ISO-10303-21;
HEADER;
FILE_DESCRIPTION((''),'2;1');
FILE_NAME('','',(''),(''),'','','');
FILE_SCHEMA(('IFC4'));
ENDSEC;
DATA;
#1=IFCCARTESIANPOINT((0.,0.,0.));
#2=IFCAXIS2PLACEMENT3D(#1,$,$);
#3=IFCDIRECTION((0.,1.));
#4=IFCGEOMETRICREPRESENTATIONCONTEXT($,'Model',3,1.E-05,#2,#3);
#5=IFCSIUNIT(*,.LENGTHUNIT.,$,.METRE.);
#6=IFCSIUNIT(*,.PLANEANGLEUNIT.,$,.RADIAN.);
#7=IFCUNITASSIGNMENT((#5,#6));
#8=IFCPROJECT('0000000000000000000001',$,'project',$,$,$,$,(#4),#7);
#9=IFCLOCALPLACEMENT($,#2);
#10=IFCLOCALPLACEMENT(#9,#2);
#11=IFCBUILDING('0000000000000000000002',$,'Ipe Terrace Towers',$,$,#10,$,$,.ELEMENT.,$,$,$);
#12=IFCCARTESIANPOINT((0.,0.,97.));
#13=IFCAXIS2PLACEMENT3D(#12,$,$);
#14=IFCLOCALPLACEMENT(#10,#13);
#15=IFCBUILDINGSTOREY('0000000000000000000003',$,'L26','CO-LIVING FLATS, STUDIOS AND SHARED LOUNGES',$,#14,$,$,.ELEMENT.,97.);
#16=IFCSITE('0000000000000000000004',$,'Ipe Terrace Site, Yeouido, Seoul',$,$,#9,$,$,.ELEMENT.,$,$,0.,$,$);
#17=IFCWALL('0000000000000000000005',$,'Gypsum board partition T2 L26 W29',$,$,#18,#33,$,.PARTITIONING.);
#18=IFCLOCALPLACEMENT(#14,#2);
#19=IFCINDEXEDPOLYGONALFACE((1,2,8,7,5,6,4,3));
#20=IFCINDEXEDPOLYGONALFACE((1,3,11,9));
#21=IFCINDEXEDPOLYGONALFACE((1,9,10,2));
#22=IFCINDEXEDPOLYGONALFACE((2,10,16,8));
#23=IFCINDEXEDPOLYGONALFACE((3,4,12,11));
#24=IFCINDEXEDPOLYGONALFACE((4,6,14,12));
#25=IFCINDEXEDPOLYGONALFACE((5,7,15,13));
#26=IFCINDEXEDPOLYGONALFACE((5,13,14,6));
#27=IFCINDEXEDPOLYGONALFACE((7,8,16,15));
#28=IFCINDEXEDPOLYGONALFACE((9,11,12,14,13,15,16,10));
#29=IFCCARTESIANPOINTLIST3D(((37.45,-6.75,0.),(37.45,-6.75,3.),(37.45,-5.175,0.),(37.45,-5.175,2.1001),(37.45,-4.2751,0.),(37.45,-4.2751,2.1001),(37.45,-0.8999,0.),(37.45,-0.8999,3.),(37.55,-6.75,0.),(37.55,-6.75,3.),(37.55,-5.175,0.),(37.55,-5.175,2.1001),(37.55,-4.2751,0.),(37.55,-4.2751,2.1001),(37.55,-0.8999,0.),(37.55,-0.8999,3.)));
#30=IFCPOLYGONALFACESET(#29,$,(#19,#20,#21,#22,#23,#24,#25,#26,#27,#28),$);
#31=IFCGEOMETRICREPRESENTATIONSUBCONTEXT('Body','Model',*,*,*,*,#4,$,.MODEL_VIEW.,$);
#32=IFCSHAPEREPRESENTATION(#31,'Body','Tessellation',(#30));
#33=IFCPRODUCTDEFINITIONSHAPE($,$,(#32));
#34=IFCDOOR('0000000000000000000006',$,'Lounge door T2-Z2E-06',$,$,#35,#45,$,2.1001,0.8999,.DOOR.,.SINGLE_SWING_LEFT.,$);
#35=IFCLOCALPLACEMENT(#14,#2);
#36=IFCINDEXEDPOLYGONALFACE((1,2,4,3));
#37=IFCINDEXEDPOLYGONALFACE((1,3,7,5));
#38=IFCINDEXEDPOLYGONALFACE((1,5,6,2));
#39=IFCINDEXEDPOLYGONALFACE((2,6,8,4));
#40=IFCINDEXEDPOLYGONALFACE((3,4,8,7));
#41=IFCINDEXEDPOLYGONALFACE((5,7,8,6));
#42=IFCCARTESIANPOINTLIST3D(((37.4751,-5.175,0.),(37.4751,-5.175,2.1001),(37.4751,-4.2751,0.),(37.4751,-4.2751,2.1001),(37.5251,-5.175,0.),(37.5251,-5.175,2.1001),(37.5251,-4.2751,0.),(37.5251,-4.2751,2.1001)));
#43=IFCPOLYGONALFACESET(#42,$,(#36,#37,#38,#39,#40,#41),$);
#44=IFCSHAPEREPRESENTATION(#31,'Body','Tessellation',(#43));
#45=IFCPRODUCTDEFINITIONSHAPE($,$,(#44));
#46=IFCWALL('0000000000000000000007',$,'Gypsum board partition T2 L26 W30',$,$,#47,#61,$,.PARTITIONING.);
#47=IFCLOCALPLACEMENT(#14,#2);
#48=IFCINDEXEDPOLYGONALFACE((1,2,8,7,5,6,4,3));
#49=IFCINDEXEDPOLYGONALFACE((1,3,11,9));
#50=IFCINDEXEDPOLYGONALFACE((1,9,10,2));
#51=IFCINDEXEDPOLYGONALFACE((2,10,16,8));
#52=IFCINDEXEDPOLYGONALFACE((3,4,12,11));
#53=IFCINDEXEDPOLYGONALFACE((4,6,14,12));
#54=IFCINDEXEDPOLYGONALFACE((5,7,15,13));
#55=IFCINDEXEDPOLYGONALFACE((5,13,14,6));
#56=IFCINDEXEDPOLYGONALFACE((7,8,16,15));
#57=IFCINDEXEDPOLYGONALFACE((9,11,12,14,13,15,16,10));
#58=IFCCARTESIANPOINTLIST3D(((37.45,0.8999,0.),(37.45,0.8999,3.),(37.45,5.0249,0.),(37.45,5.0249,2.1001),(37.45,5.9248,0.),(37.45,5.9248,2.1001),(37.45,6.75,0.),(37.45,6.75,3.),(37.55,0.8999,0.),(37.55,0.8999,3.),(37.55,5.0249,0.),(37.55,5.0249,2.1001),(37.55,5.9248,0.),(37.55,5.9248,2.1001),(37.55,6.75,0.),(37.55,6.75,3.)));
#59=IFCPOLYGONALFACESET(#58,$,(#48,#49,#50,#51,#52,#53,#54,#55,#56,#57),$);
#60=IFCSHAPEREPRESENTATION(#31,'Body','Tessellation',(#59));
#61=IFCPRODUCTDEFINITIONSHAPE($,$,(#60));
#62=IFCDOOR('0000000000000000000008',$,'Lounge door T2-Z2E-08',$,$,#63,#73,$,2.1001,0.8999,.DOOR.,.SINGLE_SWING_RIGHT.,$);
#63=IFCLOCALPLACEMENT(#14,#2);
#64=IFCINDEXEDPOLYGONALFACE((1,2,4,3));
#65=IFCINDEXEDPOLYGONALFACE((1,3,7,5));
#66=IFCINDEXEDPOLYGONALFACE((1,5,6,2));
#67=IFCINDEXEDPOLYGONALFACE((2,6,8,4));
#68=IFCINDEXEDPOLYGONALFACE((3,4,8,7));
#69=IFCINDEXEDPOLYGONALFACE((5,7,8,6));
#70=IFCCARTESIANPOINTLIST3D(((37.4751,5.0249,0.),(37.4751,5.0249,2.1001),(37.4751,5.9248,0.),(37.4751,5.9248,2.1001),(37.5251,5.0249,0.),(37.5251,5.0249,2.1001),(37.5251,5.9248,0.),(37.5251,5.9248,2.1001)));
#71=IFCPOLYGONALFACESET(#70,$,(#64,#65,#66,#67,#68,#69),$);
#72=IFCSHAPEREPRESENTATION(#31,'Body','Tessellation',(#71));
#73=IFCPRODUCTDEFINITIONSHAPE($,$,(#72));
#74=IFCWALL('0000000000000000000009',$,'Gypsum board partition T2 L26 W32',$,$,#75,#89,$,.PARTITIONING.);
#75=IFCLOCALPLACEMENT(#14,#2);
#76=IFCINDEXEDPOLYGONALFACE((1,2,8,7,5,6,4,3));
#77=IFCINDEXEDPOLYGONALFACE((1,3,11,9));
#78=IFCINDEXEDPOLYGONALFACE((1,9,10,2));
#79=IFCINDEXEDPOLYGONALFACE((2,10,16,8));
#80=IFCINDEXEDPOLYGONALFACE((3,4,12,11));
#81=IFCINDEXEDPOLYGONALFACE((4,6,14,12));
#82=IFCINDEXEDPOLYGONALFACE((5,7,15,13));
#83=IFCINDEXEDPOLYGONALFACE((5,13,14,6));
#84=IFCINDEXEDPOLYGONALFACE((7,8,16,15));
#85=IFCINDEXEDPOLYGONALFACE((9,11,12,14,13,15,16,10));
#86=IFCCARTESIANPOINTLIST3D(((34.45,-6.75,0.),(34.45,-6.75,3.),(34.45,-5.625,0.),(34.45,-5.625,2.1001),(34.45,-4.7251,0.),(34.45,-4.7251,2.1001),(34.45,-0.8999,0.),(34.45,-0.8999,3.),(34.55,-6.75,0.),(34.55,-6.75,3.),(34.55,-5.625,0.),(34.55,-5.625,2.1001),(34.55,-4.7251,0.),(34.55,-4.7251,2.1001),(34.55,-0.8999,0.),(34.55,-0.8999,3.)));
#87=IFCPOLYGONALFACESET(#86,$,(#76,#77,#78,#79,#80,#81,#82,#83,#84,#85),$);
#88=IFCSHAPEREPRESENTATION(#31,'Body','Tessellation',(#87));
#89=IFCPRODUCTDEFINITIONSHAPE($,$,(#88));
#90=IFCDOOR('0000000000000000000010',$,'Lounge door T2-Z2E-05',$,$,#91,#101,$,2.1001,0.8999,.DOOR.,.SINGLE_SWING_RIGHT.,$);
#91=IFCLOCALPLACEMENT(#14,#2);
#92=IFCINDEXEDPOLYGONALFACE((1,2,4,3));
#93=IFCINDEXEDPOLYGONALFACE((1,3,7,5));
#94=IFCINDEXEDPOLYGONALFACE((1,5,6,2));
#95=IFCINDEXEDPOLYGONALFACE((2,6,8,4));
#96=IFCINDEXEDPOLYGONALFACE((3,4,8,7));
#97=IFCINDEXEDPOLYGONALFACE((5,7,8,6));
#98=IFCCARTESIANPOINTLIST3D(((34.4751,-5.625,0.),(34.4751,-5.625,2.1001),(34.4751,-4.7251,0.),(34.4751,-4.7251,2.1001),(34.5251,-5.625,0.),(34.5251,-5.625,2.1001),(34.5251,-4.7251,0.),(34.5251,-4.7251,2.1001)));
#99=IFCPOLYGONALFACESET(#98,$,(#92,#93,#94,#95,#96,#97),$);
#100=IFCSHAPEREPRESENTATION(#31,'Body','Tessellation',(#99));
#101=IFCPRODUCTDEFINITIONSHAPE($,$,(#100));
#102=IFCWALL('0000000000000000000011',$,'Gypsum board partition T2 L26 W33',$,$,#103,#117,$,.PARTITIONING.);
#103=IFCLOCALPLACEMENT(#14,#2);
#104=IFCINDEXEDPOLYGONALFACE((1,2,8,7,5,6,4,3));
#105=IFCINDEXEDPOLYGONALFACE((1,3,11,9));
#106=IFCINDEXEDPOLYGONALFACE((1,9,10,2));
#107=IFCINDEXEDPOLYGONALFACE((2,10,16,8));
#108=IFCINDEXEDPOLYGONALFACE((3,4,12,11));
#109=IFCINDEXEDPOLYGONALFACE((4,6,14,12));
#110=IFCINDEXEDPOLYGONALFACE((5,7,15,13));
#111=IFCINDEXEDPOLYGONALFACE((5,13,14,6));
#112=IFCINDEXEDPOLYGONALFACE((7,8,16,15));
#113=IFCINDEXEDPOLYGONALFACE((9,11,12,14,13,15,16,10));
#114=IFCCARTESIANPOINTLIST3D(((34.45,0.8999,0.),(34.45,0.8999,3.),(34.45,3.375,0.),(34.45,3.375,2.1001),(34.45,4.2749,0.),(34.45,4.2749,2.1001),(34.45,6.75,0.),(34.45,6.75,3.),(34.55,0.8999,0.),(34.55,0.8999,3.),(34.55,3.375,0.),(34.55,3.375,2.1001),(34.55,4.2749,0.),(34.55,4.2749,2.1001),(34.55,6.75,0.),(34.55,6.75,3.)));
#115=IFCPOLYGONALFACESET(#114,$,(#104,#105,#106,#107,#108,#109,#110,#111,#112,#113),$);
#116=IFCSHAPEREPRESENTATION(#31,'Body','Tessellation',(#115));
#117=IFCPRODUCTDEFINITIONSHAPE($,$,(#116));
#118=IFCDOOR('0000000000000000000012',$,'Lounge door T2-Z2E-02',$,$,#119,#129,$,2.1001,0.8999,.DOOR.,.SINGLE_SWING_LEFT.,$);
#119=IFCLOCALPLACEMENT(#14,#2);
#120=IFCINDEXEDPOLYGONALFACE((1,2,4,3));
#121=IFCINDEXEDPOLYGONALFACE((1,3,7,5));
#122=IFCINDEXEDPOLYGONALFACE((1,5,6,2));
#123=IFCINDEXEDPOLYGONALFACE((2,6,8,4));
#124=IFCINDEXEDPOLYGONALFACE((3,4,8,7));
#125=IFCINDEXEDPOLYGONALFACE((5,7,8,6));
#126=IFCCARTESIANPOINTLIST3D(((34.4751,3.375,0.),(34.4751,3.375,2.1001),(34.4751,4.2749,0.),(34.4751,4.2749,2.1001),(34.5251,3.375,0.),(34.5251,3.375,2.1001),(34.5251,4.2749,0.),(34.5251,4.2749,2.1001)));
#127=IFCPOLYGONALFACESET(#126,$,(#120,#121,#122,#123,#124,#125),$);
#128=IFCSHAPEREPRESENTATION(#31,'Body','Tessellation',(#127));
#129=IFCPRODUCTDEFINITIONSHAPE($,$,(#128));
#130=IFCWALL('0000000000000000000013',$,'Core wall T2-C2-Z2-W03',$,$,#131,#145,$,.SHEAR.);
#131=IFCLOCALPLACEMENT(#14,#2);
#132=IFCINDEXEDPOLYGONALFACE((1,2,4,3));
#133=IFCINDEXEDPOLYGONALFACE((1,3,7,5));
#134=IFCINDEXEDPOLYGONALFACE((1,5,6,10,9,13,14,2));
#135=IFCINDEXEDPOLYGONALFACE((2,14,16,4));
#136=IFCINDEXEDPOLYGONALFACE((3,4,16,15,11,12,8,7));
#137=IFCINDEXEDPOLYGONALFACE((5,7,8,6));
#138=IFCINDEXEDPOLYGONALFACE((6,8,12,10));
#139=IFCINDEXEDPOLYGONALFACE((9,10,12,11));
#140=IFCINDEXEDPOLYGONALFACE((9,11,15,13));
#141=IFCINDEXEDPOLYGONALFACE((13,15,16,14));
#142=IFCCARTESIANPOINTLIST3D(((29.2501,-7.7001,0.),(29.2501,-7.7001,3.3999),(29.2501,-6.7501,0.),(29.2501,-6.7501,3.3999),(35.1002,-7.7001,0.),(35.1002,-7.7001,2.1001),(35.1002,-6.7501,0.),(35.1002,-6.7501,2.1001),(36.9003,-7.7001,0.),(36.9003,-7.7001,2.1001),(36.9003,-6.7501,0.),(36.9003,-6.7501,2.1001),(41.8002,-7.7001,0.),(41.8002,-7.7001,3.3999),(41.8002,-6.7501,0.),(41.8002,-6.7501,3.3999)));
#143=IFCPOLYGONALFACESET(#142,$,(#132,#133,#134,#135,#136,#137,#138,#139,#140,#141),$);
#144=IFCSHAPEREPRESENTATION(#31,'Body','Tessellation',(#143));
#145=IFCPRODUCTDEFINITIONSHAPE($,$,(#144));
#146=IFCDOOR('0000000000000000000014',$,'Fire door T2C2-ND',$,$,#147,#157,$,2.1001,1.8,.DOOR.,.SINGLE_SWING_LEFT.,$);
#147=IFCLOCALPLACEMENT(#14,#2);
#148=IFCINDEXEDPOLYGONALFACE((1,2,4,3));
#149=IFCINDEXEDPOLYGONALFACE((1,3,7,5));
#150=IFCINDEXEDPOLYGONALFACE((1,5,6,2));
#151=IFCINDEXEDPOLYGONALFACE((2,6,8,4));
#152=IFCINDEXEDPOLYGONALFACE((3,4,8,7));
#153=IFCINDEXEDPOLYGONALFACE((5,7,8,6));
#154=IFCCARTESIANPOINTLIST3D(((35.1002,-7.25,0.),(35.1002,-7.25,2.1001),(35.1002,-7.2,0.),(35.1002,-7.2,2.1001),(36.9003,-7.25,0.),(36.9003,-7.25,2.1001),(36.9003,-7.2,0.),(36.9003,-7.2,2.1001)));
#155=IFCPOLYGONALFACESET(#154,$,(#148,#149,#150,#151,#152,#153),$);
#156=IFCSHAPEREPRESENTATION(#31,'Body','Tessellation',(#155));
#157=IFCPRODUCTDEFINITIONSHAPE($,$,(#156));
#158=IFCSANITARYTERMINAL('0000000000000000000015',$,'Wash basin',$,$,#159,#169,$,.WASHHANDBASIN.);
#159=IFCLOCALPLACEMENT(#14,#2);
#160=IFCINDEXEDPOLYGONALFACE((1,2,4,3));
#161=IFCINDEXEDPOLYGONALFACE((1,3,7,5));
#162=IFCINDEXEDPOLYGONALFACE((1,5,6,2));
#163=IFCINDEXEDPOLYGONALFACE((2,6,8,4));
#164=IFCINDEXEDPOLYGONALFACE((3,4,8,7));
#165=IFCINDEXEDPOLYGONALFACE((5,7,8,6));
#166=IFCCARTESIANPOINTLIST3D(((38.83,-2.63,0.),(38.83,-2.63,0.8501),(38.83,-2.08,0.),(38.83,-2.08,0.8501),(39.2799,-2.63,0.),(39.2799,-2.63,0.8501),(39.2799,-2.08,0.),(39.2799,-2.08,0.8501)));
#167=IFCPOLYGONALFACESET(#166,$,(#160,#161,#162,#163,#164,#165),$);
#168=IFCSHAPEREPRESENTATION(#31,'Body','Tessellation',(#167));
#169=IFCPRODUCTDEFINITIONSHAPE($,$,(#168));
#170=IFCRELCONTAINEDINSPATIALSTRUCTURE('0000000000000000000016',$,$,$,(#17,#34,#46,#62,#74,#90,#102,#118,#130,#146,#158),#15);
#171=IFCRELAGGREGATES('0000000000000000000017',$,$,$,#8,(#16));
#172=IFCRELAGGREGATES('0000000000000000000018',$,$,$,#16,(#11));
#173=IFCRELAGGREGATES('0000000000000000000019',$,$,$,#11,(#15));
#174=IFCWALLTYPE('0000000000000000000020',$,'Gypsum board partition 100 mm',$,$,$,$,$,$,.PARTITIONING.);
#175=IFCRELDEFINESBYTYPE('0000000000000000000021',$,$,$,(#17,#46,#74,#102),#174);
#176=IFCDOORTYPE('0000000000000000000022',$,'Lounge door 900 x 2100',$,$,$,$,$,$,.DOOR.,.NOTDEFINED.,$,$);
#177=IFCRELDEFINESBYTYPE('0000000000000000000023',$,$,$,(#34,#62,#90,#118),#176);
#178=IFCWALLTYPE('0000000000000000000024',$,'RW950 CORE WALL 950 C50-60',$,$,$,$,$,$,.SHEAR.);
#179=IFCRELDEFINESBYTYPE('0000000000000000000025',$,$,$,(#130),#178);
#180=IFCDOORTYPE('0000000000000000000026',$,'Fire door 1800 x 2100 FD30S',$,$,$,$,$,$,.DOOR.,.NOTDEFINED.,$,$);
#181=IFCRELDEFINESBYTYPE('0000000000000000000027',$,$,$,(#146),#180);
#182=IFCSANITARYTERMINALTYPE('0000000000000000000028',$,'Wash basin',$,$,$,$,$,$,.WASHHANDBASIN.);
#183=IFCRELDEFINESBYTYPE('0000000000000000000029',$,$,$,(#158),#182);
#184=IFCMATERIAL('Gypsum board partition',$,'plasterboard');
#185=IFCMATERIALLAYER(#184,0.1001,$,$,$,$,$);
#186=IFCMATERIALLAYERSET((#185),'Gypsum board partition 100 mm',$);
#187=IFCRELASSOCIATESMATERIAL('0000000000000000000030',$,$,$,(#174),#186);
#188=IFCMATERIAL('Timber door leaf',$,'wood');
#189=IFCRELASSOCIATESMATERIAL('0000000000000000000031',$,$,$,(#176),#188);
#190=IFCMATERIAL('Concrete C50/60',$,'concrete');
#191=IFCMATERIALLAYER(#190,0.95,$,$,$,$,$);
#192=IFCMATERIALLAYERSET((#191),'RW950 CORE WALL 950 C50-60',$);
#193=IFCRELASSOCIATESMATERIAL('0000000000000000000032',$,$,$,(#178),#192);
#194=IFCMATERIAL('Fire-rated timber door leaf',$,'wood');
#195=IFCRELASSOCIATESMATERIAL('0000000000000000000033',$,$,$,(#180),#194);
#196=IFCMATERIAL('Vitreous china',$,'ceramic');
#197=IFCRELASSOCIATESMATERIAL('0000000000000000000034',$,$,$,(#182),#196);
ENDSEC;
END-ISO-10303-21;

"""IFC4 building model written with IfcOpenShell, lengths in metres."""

from ifc_helpers import new_model, si_unit, direction, frame, frame_2d, origin, origin_2d, place, context, subcontext, project, spatial, rectangle, extrude, material, layer, layer_set, type_object, element, fill, save


model = new_model("IFC4")

# Units and contexts
model_context = context("Model", 3, precision=1e-05, world=origin(), true_north=direction((0.0, 1.0)))
body_context = subcontext(model_context, "Body", "Model", "MODEL_VIEW")
ifc_project = project(units=[si_unit("LENGTHUNIT", "METRE"), si_unit("PLANEANGLEUNIT", "RADIAN")], contexts=[model_context])

# Site, building, storey
site_placement = place(None, origin())
site = spatial("IfcSite", under=ifc_project, at=site_placement, Name="Ipe Terrace Site, Yeouido, Seoul", CompositionType="ELEMENT", RefElevation=0.0)
building_placement = place(site_placement, origin())
building = spatial("IfcBuilding", under=site, at=building_placement, Name="Ipe Terrace Towers", CompositionType="ELEMENT")
storey_placement = place(building_placement, frame((0.0, 0.0, 97.0)))
storey = spatial("IfcBuildingStorey", under=building, at=storey_placement, Name="L26", Description="CO-LIVING FLATS, STUDIOS AND SHARED LOUNGES", CompositionType="ELEMENT", Elevation=97.0)

# Shared definitions
ifc_material_1 = material(Name="Gypsum board partition", Category="plasterboard")
ifc_layer_1 = layer(ifc_material_1, 0.1001)
ifc_layer_set_1 = layer_set([ifc_layer_1], Name="Gypsum board partition 100 mm")
wall_type_1 = type_object("IfcWallType", Name="Gypsum board partition 100 mm", PredefinedType="PARTITIONING", material=ifc_layer_set_1)

# Shared definitions
ifc_material_2 = material(Name="Timber door leaf", Category="wood")
door_type_1 = type_object("IfcDoorType", Name="Lounge door 900 x 2100", OperationType="NOTDEFINED", PredefinedType="DOOR", material=ifc_material_2)

# Walls, openings, doors
wall_1_placement = place(storey_placement, frame((37.5, -6.75, 0.0), z_axis=(0.0, 0.0, 1.0), x_axis=(0.0, 1.0, 0.0)))
wall_1 = element("IfcWall", 1, at=wall_1_placement, inside=storey, type_object=wall_type_1, Name="Gypsum board partition T2 L26 W29", PredefinedType="PARTITIONING", context=body_context, shape_type="SweptSolid", body=[
    extrude(rectangle(XDim=5.8501, YDim=0.1001, at=frame_2d((2.925, 0.0))), origin(), (0.0, 0.0, 1.0), 3.0),
])
opening_1_placement = place(wall_1_placement, frame((1.575, 0.0, 0.0)))
opening_1 = element("IfcOpeningElement", 2, at=opening_1_placement, cuts=wall_1, PredefinedType="OPENING", context=body_context, shape_type="SweptSolid", body=[
    extrude(rectangle(XDim=0.8999, YDim=2.1001, at=frame_2d((0.45, 1.05))), frame((0.0, 0.0601, 0.0), z_axis=(0.0, -1.0, 0.0), x_axis=(1.0, 0.0, 0.0)), (0.0, 0.0, 1.0), 0.1201),
])
door_1_placement = place(opening_1_placement, origin())
door_1 = element("IfcDoor", 3, at=door_1_placement, inside=storey, type_object=door_type_1, Name="Lounge door T2-Z2E-06", OperationType="SINGLE_SWING_LEFT", OverallHeight=2.1001, OverallWidth=0.8999, PredefinedType="DOOR", context=body_context, shape_type="SweptSolid", body=[
    extrude(rectangle(XDim=0.8999, YDim=2.1001, at=frame_2d((0.45, 1.05))), frame((0.0, 0.0249, 0.0), z_axis=(0.0, -1.0, 0.0), x_axis=(1.0, 0.0, 0.0)), (0.0, 0.0, 1.0), 0.05),
])
fill(opening_1, door_1)
wall_2_placement = place(storey_placement, frame((37.5, 0.8999, 0.0), z_axis=(0.0, 0.0, 1.0), x_axis=(0.0, 1.0, 0.0)))
wall_2 = element("IfcWall", 4, at=wall_2_placement, inside=storey, type_object=wall_type_1, Name="Gypsum board partition T2 L26 W30", PredefinedType="PARTITIONING", context=body_context, shape_type="SweptSolid", body=[
    extrude(rectangle(XDim=5.8501, YDim=0.1001, at=frame_2d((2.925, 0.0))), origin(), (0.0, 0.0, 1.0), 3.0),
])
opening_2_placement = place(wall_2_placement, frame((4.125, 0.0, 0.0)))
opening_2 = element("IfcOpeningElement", 5, at=opening_2_placement, cuts=wall_2, PredefinedType="OPENING", context=body_context, shape_type="SweptSolid", body=[
    extrude(rectangle(XDim=0.8999, YDim=2.1001, at=frame_2d((0.45, 1.05))), frame((0.0, 0.0601, 0.0), z_axis=(0.0, -1.0, 0.0), x_axis=(1.0, 0.0, 0.0)), (0.0, 0.0, 1.0), 0.1201),
])
door_2_placement = place(opening_2_placement, origin())
door_2 = element("IfcDoor", 6, at=door_2_placement, inside=storey, type_object=door_type_1, Name="Lounge door T2-Z2E-08", OperationType="SINGLE_SWING_RIGHT", OverallHeight=2.1001, OverallWidth=0.8999, PredefinedType="DOOR", context=body_context, shape_type="SweptSolid", body=[
    extrude(rectangle(XDim=0.8999, YDim=2.1001, at=frame_2d((0.45, 1.05))), frame((0.0, 0.0249, 0.0), z_axis=(0.0, -1.0, 0.0), x_axis=(1.0, 0.0, 0.0)), (0.0, 0.0, 1.0), 0.05),
])
fill(opening_2, door_2)
wall_3_placement = place(storey_placement, frame((34.5, -6.75, 0.0), z_axis=(0.0, 0.0, 1.0), x_axis=(0.0, 1.0, 0.0)))
wall_3 = element("IfcWall", 7, at=wall_3_placement, inside=storey, type_object=wall_type_1, Name="Gypsum board partition T2 L26 W32", PredefinedType="PARTITIONING", context=body_context, shape_type="SweptSolid", body=[
    extrude(rectangle(XDim=5.8501, YDim=0.1001, at=frame_2d((2.925, 0.0))), origin(), (0.0, 0.0, 1.0), 3.0),
])
opening_3_placement = place(wall_3_placement, frame((1.125, 0.0, 0.0)))
opening_3 = element("IfcOpeningElement", 8, at=opening_3_placement, cuts=wall_3, PredefinedType="OPENING", context=body_context, shape_type="SweptSolid", body=[
    extrude(rectangle(XDim=0.8999, YDim=2.1001, at=frame_2d((0.45, 1.05))), frame((0.0, 0.0601, 0.0), z_axis=(0.0, -1.0, 0.0), x_axis=(1.0, 0.0, 0.0)), (0.0, 0.0, 1.0), 0.1201),
])
door_3_placement = place(opening_3_placement, origin())
door_3 = element("IfcDoor", 9, at=door_3_placement, inside=storey, type_object=door_type_1, Name="Lounge door T2-Z2E-05", OperationType="SINGLE_SWING_RIGHT", OverallHeight=2.1001, OverallWidth=0.8999, PredefinedType="DOOR", context=body_context, shape_type="SweptSolid", body=[
    extrude(rectangle(XDim=0.8999, YDim=2.1001, at=frame_2d((0.45, 1.05))), frame((0.0, 0.0249, 0.0), z_axis=(0.0, -1.0, 0.0), x_axis=(1.0, 0.0, 0.0)), (0.0, 0.0, 1.0), 0.05),
])
fill(opening_3, door_3)
wall_4_placement = place(storey_placement, frame((34.5, 0.8999, 0.0), z_axis=(0.0, 0.0, 1.0), x_axis=(0.0, 1.0, 0.0)))
wall_4 = element("IfcWall", 10, at=wall_4_placement, inside=storey, type_object=wall_type_1, Name="Gypsum board partition T2 L26 W33", PredefinedType="PARTITIONING", context=body_context, shape_type="SweptSolid", body=[
    extrude(rectangle(XDim=5.8501, YDim=0.1001, at=frame_2d((2.925, 0.0))), origin(), (0.0, 0.0, 1.0), 3.0),
])
opening_4_placement = place(wall_4_placement, frame((2.4751, 0.0, 0.0)))
opening_4 = element("IfcOpeningElement", 11, at=opening_4_placement, cuts=wall_4, PredefinedType="OPENING", context=body_context, shape_type="SweptSolid", body=[
    extrude(rectangle(XDim=0.8999, YDim=2.1001, at=frame_2d((0.45, 1.05))), frame((0.0, 0.0601, 0.0), z_axis=(0.0, -1.0, 0.0), x_axis=(1.0, 0.0, 0.0)), (0.0, 0.0, 1.0), 0.1201),
])
door_4_placement = place(opening_4_placement, origin())
door_4 = element("IfcDoor", 12, at=door_4_placement, inside=storey, type_object=door_type_1, Name="Lounge door T2-Z2E-02", OperationType="SINGLE_SWING_LEFT", OverallHeight=2.1001, OverallWidth=0.8999, PredefinedType="DOOR", context=body_context, shape_type="SweptSolid", body=[
    extrude(rectangle(XDim=0.8999, YDim=2.1001, at=frame_2d((0.45, 1.05))), frame((0.0, 0.0249, 0.0), z_axis=(0.0, -1.0, 0.0), x_axis=(1.0, 0.0, 0.0)), (0.0, 0.0, 1.0), 0.05),
])
fill(opening_4, door_4)
ifc_material_3 = material(Name="Concrete C50/60", Category="concrete")
ifc_layer_2 = layer(ifc_material_3, 0.95)
ifc_layer_set_2 = layer_set([ifc_layer_2], Name="RW950 CORE WALL 950 C50-60")
wall_type_2 = type_object("IfcWallType", Name="RW950 CORE WALL 950 C50-60", PredefinedType="SHEAR", material=ifc_layer_set_2)
wall_5_placement = place(storey_placement, frame((41.8, -7.2251, 0.0), z_axis=(0.0, 0.0, 1.0), x_axis=(-1.0, 0.0, 0.0)))
wall_5 = element("IfcWall", 13, at=wall_5_placement, inside=storey, type_object=wall_type_2, Name="Core wall T2-C2-Z2-W03", PredefinedType="SHEAR", context=body_context, shape_type="SweptSolid", body=[
    extrude(rectangle(XDim=12.55, YDim=0.95, at=frame_2d((6.2749, 0.0))), origin(), (0.0, 0.0, 1.0), 3.3999),
])
opening_5_placement = place(wall_5_placement, frame((4.8999, 0.0, 0.0)))
opening_5 = element("IfcOpeningElement", 14, at=opening_5_placement, cuts=wall_5, PredefinedType="OPENING", context=body_context, shape_type="SweptSolid", body=[
    extrude(rectangle(XDim=1.8, YDim=2.1001, at=frame_2d((0.8999, 1.05))), frame((0.0, 0.4849, 0.0), z_axis=(0.0, -1.0, 0.0), x_axis=(1.0, 0.0, 0.0)), (0.0, 0.0, 1.0), 0.97),
])
ifc_material_4 = material(Name="Fire-rated timber door leaf", Category="wood")
door_type_2 = type_object("IfcDoorType", Name="Fire door 1800 x 2100 FD30S", OperationType="NOTDEFINED", PredefinedType="DOOR", material=ifc_material_4)
door_5_placement = place(opening_5_placement, origin())
door_5 = element("IfcDoor", 15, at=door_5_placement, inside=storey, type_object=door_type_2, Name="Fire door T2C2-ND", OperationType="SINGLE_SWING_LEFT", OverallHeight=2.1001, OverallWidth=1.8, PredefinedType="DOOR", context=body_context, shape_type="SweptSolid", body=[
    extrude(rectangle(XDim=1.8, YDim=2.1001, at=frame_2d((0.8999, 1.05))), frame((0.0, 0.0249, 0.0), z_axis=(0.0, -1.0, 0.0), x_axis=(1.0, 0.0, 0.0)), (0.0, 0.0, 1.0), 0.05),
])
fill(opening_5, door_5)

# Sanitary terminal
ifc_material_5 = material(Name="Vitreous china", Category="ceramic")
sanitary_terminal_type_1 = type_object("IfcSanitaryTerminalType", Name="Wash basin", PredefinedType="WASHHANDBASIN", material=ifc_material_5)
sanitary_terminal_1_placement = place(storey_placement, frame((39.0549, -2.355, 0.0), z_axis=(0.0, 0.0, 1.0), x_axis=(0.0, 1.0, 0.0)))
element("IfcSanitaryTerminal", 16, at=sanitary_terminal_1_placement, inside=storey, type_object=sanitary_terminal_type_1, Name="Wash basin", PredefinedType="WASHHANDBASIN", context=body_context, shape_type="SweptSolid", body=[
    extrude(rectangle(XDim=0.55, YDim=0.45, at=origin_2d()), origin(), (0.0, 0.0, 1.0), 0.8501),
])

save(model, "model.ifc")
